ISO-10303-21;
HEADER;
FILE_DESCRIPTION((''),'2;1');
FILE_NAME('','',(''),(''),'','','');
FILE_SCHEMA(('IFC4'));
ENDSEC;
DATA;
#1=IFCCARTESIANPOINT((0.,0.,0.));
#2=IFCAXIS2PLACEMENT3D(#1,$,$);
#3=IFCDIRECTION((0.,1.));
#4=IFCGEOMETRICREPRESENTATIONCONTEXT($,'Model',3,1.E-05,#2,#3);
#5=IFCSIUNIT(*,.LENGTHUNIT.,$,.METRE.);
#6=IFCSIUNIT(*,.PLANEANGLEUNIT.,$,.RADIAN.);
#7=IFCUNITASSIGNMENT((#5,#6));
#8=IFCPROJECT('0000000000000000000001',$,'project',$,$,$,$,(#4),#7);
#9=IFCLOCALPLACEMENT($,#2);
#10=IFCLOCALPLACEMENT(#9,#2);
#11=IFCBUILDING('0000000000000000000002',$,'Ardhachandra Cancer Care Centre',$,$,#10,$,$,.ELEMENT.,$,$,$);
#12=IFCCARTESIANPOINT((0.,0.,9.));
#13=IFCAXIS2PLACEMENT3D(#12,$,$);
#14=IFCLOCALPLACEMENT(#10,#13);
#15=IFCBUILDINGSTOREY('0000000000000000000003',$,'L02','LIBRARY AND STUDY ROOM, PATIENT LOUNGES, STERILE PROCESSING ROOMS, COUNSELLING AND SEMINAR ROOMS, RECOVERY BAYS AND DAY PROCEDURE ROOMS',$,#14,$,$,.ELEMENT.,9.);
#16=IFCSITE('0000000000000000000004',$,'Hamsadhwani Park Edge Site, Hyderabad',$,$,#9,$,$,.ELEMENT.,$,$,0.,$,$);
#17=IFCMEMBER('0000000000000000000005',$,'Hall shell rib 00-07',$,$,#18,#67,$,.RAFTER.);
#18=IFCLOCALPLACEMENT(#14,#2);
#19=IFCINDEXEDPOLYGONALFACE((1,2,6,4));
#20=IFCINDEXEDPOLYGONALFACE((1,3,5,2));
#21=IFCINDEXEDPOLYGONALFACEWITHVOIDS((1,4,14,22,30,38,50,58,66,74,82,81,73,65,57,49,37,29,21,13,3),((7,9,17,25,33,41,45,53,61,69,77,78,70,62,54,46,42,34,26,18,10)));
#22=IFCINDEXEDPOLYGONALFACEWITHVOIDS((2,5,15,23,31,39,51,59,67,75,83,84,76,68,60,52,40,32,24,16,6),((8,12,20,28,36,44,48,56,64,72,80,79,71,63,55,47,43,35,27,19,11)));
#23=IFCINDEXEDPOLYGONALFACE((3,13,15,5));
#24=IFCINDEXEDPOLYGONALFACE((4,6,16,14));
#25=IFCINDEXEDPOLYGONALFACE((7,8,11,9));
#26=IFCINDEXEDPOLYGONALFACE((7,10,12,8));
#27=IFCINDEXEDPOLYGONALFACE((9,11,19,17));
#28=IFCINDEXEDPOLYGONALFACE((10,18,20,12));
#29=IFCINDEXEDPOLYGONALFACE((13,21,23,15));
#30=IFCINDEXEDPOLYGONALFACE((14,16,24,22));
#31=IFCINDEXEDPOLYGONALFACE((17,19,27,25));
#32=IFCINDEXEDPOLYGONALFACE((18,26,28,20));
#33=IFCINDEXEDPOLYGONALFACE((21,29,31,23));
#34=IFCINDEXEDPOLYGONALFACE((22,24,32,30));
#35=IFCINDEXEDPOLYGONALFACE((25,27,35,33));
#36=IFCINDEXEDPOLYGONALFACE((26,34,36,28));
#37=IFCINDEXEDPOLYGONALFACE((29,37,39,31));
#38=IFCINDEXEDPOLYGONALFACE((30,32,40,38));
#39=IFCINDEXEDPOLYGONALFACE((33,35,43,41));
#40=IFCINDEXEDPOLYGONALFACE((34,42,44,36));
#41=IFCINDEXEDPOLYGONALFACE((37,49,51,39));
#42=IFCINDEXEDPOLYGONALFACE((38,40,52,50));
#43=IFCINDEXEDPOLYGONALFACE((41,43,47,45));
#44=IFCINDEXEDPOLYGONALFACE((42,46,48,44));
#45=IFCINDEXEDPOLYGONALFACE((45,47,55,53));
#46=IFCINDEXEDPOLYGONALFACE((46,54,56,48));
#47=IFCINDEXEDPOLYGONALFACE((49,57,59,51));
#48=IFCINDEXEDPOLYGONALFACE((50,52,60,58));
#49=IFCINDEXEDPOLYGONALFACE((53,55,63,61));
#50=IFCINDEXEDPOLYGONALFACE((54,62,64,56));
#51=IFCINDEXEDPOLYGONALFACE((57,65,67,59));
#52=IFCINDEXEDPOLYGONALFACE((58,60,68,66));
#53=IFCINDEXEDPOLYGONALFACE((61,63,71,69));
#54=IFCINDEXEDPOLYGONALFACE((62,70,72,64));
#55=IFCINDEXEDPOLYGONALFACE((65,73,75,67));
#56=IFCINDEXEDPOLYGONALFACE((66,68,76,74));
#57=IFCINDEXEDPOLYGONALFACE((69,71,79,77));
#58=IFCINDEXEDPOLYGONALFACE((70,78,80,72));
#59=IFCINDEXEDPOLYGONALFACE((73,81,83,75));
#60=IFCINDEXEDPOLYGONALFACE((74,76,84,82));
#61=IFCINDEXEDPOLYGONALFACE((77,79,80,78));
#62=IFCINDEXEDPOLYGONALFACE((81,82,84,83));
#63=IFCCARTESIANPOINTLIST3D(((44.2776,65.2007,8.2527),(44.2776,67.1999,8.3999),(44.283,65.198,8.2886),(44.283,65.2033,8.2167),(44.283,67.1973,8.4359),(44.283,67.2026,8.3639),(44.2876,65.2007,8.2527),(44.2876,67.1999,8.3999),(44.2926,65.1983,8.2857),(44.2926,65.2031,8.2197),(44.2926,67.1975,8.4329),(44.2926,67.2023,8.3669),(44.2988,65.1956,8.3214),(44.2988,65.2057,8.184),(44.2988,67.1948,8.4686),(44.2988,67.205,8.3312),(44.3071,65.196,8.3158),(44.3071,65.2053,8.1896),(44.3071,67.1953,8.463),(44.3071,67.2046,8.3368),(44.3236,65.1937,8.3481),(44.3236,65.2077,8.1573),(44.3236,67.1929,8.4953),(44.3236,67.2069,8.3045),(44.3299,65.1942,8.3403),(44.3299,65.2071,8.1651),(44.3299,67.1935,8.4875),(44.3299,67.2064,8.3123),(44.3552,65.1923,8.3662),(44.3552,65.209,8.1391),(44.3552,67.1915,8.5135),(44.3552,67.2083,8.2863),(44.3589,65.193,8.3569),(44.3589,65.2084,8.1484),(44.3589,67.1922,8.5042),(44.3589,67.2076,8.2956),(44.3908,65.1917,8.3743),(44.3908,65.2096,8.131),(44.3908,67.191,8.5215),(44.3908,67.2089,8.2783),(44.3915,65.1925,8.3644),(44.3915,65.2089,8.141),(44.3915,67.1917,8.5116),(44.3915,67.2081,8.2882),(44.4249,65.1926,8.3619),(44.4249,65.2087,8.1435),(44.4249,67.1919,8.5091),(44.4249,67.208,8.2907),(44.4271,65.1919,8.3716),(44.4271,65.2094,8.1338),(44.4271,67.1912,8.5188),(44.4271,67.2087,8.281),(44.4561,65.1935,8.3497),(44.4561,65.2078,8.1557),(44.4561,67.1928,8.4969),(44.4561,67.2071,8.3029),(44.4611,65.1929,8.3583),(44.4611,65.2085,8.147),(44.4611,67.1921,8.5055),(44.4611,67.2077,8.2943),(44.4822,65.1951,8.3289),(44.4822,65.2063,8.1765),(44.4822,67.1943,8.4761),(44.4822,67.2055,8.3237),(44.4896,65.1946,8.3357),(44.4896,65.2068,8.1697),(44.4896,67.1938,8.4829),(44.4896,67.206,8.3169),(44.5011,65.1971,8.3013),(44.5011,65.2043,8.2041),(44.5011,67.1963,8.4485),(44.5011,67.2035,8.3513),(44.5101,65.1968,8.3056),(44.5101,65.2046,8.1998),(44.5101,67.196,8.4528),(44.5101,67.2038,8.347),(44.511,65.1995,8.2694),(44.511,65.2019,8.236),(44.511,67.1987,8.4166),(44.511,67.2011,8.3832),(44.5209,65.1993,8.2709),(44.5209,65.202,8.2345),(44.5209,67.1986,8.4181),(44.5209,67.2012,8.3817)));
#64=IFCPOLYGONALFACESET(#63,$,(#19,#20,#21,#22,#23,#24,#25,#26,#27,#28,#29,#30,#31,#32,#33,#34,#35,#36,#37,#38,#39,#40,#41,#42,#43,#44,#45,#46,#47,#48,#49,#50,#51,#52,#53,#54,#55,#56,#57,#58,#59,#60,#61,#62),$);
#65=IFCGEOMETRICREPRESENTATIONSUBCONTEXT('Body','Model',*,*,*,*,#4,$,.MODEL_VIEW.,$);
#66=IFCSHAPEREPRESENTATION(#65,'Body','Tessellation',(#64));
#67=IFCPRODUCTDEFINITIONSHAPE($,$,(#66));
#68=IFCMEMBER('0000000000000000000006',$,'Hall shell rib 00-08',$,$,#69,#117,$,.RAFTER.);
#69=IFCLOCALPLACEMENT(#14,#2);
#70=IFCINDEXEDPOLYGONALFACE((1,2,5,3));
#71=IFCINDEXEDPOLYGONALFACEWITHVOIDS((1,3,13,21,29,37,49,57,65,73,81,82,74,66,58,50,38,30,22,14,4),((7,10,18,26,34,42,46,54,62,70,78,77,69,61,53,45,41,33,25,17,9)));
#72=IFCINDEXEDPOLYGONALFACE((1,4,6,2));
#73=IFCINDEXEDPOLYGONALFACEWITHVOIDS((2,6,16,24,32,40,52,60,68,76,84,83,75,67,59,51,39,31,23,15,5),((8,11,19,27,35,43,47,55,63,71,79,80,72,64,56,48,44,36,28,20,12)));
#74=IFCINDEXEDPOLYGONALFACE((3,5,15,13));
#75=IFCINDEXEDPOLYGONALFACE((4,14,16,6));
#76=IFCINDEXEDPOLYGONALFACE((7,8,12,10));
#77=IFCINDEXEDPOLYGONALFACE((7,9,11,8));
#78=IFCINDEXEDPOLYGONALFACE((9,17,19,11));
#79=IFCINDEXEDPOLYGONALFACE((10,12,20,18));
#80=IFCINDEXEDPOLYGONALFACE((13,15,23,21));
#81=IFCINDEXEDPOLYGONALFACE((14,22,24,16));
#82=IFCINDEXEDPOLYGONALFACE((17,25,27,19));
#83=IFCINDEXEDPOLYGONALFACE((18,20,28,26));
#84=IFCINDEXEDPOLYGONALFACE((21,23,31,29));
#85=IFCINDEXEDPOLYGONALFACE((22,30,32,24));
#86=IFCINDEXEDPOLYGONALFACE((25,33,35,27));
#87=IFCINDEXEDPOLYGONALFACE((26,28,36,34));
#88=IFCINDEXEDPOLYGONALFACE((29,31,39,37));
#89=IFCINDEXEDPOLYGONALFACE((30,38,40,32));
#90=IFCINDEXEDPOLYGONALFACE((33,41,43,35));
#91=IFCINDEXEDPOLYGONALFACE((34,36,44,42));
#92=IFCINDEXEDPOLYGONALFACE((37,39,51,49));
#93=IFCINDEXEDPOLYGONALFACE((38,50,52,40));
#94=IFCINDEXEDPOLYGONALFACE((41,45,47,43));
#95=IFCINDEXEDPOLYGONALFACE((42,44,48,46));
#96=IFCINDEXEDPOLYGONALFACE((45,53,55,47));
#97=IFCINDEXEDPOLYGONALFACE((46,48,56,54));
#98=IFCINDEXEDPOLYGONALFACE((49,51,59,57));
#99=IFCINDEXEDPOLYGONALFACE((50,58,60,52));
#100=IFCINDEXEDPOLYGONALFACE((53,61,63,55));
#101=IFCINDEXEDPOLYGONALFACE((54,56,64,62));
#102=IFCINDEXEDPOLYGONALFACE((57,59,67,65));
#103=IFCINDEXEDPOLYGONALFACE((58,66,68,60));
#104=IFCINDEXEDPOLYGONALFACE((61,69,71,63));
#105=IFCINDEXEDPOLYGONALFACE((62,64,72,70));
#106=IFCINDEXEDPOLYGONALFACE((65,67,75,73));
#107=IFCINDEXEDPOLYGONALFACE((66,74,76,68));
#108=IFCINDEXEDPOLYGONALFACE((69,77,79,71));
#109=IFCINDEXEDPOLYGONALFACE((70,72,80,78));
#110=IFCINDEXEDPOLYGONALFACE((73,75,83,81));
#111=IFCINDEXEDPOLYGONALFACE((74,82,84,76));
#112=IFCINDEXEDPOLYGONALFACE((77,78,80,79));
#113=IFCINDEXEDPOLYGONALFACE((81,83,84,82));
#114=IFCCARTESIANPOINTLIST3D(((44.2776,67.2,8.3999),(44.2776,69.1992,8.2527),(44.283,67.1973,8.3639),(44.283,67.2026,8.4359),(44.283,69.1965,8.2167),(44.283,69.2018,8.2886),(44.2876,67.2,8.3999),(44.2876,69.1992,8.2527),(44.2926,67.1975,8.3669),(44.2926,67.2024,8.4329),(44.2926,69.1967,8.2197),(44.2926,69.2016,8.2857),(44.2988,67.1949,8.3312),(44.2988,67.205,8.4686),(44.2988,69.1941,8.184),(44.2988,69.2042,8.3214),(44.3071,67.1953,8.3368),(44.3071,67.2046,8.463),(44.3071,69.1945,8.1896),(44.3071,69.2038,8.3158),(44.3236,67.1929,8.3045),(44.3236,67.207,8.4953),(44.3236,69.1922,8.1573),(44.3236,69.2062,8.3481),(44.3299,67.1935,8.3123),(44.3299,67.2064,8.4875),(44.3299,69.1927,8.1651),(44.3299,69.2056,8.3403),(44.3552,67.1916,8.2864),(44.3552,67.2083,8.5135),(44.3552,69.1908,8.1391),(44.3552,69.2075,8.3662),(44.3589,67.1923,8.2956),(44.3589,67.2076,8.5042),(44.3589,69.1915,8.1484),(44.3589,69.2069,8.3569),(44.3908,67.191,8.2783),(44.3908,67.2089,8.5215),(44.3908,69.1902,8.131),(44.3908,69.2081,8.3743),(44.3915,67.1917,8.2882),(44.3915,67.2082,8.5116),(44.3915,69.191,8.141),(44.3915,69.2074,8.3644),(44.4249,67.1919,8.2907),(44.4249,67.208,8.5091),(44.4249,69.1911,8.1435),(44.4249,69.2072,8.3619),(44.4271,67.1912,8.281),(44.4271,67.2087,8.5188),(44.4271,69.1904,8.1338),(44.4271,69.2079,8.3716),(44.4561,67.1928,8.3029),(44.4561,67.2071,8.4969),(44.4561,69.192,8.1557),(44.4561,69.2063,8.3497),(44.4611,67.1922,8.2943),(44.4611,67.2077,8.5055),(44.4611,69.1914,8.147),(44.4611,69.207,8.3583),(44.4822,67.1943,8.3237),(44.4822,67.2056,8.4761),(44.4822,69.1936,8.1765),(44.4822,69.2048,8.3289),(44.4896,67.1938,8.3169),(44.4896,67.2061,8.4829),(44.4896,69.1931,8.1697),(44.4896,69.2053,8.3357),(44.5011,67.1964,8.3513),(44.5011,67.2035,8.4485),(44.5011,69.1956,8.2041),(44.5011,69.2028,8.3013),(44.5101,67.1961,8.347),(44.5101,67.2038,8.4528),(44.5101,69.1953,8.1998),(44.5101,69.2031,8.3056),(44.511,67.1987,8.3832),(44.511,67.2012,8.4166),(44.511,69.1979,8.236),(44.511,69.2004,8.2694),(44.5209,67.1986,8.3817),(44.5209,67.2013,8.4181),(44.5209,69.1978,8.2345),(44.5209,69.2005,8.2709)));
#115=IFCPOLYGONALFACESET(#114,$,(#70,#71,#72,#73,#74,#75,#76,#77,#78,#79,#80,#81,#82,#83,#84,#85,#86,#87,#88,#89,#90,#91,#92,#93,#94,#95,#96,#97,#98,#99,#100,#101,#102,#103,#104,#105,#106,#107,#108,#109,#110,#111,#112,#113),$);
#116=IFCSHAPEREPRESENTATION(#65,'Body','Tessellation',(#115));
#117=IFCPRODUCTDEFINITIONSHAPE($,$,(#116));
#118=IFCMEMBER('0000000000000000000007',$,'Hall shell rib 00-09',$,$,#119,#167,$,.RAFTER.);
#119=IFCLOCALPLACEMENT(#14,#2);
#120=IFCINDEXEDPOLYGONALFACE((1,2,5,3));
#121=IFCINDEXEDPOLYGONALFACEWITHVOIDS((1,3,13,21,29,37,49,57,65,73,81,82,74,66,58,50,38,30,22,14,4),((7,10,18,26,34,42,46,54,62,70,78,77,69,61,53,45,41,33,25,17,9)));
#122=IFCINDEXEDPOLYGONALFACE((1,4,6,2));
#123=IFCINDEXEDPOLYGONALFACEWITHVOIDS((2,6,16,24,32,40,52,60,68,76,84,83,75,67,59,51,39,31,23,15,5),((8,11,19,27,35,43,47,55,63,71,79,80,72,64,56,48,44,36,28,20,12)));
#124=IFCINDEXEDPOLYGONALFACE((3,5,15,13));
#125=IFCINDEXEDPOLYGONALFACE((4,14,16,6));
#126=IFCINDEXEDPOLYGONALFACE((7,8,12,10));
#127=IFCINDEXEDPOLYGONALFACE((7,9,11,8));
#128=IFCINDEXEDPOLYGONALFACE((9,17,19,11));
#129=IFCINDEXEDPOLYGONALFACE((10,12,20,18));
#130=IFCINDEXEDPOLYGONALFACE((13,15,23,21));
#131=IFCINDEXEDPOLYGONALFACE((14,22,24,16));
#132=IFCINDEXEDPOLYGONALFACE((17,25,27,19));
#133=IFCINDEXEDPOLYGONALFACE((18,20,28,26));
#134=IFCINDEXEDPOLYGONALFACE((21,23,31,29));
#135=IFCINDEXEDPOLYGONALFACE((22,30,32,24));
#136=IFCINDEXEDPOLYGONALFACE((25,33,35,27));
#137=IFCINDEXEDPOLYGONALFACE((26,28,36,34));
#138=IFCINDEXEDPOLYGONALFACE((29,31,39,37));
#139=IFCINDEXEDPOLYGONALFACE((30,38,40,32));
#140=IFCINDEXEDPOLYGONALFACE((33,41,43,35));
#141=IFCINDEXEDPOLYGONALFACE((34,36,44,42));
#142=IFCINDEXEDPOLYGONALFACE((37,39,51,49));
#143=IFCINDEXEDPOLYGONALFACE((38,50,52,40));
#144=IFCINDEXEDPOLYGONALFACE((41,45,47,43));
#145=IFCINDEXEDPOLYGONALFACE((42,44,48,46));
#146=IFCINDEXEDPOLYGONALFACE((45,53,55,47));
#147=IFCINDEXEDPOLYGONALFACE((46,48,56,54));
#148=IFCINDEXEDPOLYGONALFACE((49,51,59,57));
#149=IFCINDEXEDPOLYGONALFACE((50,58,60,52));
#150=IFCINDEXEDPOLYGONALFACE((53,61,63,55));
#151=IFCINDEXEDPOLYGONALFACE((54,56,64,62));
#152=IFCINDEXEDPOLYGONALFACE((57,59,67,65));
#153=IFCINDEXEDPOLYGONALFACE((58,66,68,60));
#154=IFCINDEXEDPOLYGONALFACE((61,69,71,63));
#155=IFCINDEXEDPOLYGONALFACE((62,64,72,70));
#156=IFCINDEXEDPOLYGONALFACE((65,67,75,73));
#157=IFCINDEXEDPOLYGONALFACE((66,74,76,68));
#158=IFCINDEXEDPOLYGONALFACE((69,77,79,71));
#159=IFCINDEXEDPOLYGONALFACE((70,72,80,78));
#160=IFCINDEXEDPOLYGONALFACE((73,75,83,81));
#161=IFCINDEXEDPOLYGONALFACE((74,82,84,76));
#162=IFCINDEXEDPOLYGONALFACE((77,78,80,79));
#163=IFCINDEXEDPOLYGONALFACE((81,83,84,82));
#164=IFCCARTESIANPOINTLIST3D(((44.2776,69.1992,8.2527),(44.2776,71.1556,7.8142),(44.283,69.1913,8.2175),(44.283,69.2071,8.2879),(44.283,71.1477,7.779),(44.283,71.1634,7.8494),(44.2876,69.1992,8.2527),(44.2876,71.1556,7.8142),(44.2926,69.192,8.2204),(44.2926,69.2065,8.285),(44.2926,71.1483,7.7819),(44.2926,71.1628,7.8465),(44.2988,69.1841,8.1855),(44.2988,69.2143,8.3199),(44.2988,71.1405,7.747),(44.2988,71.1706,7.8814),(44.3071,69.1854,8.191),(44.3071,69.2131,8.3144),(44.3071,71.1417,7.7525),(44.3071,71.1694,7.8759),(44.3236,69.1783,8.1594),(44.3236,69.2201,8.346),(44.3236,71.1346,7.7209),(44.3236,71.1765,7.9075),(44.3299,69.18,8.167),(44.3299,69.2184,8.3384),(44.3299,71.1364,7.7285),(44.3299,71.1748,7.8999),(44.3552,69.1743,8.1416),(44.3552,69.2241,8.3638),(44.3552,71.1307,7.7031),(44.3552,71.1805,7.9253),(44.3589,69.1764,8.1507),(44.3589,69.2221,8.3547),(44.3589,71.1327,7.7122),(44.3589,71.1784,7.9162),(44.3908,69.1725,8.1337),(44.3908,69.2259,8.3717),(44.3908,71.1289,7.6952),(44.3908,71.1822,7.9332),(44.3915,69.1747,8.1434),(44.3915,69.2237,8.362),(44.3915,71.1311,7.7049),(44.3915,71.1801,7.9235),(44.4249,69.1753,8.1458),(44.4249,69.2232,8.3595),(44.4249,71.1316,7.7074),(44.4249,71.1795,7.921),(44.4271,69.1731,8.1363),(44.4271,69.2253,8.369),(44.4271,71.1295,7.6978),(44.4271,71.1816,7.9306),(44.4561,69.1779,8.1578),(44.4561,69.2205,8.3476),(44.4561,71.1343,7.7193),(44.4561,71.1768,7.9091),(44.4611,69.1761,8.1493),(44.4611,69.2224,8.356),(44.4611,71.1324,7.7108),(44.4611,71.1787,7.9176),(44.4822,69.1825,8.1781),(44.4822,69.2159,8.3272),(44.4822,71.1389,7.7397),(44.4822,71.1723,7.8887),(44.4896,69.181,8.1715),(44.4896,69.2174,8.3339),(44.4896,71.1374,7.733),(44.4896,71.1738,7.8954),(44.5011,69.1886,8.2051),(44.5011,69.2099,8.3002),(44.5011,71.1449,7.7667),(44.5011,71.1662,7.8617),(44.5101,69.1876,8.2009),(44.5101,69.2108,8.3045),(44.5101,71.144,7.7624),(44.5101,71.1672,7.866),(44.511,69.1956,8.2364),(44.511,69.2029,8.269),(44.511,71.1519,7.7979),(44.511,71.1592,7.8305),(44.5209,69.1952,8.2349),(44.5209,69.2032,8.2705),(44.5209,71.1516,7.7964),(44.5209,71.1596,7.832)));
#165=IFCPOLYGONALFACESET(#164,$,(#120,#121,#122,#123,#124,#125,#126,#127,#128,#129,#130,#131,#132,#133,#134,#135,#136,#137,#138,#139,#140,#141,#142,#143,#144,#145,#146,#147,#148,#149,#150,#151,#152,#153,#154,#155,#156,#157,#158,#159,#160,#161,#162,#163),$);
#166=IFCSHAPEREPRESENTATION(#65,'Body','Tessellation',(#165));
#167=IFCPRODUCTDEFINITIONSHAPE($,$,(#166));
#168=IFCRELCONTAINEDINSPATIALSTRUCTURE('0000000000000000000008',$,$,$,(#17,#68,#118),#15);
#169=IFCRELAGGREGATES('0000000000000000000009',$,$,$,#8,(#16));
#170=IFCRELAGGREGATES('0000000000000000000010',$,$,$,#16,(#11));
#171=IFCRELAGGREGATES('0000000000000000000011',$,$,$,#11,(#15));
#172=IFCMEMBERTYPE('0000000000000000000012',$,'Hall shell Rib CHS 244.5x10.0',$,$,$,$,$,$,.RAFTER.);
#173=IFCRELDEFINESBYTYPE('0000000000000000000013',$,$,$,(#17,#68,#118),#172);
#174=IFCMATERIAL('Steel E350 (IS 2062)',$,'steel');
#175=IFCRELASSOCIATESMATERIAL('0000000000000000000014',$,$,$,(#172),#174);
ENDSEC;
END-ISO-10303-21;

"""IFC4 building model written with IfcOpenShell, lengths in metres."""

from ifc_helpers import new_model, si_unit, direction, frame, origin, origin_2d, place, context, subcontext, project, spatial, hollow_circle, extrude, material, material_profile, profile_set, type_object, element, save


model = new_model("IFC4")

# Units and contexts
model_context = context("Model", 3, precision=1e-05, world=origin(), true_north=direction((0.0, 1.0)))
body_context = subcontext(model_context, "Body", "Model", "MODEL_VIEW")
ifc_project = project(units=[si_unit("LENGTHUNIT", "METRE"), si_unit("PLANEANGLEUNIT", "RADIAN")], contexts=[model_context])

# Site, building, storey
site_placement = place(None, origin())
site = spatial("IfcSite", under=ifc_project, at=site_placement, Name="Hamsadhwani Park Edge Site, Hyderabad", CompositionType="ELEMENT", RefElevation=0.0)
building_placement = place(site_placement, origin())
building = spatial("IfcBuilding", under=site, at=building_placement, Name="Ardhachandra Cancer Care Centre", CompositionType="ELEMENT")
storey_placement = place(building_placement, frame((0.0, 0.0, 9.0)))
storey = spatial("IfcBuildingStorey", under=building, at=storey_placement, Name="L02", Description="LIBRARY AND STUDY ROOM, PATIENT LOUNGES, STERILE PROCESSING ROOMS, COUNSELLING AND SEMINAR ROOMS, RECOVERY BAYS AND DAY PROCEDURE ROOMS", CompositionType="ELEMENT", Elevation=9.0)

# Members
ifc_material_1 = material(Name="Steel E350 (IS 2062)", Category="steel")
ifc_material_profile_1 = material_profile(ifc_material_1, hollow_circle(Radius=0.1223, WallThickness=0.01, at=origin_2d()), Name="CHS 244.5x10.0")
ifc_profile_set_1 = profile_set([ifc_material_profile_1], Name="Steel E350 (IS 2062)")
member_type_1 = type_object("IfcMemberType", Name="Hall shell Rib CHS 244.5x10.0", PredefinedType="RAFTER", material=ifc_profile_set_1)
for number, where, z_axis, x_axis, name in (
    (1, (44.3999, 65.2007, 8.2527), (0.0, 0.9973, 0.073437), (-1.0, 0.0, 0.0), "Hall shell rib 00-07"),
    (2, (44.3999, 67.2, 8.3999), (0.0, 0.9973, -0.073437), (-1.0, 0.0, 0.0), "Hall shell rib 00-08"),
):
    element("IfcMember", number, at=place(storey_placement, frame(where, z_axis=z_axis, x_axis=x_axis)), inside=storey, type_object=member_type_1, Name=name, PredefinedType="RAFTER", context=body_context, shape_type="SweptSolid", body=[
        extrude(hollow_circle(Radius=0.1223, WallThickness=0.01, at=origin_2d()), origin(), (0.0, 0.0, 1.0), 2.0046),
    ])
member_1_placement = place(storey_placement, frame((44.3999, 69.1992, 8.2527), z_axis=(0.0, 0.97579, -0.218709), x_axis=(-1.0, 0.0, 0.0)))
element("IfcMember", 3, at=member_1_placement, inside=storey, type_object=member_type_1, Name="Hall shell rib 00-09", PredefinedType="RAFTER", context=body_context, shape_type="SweptSolid", body=[
    extrude(hollow_circle(Radius=0.1223, WallThickness=0.01, at=origin_2d()), origin(), (0.0, 0.0, 1.0), 2.0049),
])

save(model, "model.ifc")
